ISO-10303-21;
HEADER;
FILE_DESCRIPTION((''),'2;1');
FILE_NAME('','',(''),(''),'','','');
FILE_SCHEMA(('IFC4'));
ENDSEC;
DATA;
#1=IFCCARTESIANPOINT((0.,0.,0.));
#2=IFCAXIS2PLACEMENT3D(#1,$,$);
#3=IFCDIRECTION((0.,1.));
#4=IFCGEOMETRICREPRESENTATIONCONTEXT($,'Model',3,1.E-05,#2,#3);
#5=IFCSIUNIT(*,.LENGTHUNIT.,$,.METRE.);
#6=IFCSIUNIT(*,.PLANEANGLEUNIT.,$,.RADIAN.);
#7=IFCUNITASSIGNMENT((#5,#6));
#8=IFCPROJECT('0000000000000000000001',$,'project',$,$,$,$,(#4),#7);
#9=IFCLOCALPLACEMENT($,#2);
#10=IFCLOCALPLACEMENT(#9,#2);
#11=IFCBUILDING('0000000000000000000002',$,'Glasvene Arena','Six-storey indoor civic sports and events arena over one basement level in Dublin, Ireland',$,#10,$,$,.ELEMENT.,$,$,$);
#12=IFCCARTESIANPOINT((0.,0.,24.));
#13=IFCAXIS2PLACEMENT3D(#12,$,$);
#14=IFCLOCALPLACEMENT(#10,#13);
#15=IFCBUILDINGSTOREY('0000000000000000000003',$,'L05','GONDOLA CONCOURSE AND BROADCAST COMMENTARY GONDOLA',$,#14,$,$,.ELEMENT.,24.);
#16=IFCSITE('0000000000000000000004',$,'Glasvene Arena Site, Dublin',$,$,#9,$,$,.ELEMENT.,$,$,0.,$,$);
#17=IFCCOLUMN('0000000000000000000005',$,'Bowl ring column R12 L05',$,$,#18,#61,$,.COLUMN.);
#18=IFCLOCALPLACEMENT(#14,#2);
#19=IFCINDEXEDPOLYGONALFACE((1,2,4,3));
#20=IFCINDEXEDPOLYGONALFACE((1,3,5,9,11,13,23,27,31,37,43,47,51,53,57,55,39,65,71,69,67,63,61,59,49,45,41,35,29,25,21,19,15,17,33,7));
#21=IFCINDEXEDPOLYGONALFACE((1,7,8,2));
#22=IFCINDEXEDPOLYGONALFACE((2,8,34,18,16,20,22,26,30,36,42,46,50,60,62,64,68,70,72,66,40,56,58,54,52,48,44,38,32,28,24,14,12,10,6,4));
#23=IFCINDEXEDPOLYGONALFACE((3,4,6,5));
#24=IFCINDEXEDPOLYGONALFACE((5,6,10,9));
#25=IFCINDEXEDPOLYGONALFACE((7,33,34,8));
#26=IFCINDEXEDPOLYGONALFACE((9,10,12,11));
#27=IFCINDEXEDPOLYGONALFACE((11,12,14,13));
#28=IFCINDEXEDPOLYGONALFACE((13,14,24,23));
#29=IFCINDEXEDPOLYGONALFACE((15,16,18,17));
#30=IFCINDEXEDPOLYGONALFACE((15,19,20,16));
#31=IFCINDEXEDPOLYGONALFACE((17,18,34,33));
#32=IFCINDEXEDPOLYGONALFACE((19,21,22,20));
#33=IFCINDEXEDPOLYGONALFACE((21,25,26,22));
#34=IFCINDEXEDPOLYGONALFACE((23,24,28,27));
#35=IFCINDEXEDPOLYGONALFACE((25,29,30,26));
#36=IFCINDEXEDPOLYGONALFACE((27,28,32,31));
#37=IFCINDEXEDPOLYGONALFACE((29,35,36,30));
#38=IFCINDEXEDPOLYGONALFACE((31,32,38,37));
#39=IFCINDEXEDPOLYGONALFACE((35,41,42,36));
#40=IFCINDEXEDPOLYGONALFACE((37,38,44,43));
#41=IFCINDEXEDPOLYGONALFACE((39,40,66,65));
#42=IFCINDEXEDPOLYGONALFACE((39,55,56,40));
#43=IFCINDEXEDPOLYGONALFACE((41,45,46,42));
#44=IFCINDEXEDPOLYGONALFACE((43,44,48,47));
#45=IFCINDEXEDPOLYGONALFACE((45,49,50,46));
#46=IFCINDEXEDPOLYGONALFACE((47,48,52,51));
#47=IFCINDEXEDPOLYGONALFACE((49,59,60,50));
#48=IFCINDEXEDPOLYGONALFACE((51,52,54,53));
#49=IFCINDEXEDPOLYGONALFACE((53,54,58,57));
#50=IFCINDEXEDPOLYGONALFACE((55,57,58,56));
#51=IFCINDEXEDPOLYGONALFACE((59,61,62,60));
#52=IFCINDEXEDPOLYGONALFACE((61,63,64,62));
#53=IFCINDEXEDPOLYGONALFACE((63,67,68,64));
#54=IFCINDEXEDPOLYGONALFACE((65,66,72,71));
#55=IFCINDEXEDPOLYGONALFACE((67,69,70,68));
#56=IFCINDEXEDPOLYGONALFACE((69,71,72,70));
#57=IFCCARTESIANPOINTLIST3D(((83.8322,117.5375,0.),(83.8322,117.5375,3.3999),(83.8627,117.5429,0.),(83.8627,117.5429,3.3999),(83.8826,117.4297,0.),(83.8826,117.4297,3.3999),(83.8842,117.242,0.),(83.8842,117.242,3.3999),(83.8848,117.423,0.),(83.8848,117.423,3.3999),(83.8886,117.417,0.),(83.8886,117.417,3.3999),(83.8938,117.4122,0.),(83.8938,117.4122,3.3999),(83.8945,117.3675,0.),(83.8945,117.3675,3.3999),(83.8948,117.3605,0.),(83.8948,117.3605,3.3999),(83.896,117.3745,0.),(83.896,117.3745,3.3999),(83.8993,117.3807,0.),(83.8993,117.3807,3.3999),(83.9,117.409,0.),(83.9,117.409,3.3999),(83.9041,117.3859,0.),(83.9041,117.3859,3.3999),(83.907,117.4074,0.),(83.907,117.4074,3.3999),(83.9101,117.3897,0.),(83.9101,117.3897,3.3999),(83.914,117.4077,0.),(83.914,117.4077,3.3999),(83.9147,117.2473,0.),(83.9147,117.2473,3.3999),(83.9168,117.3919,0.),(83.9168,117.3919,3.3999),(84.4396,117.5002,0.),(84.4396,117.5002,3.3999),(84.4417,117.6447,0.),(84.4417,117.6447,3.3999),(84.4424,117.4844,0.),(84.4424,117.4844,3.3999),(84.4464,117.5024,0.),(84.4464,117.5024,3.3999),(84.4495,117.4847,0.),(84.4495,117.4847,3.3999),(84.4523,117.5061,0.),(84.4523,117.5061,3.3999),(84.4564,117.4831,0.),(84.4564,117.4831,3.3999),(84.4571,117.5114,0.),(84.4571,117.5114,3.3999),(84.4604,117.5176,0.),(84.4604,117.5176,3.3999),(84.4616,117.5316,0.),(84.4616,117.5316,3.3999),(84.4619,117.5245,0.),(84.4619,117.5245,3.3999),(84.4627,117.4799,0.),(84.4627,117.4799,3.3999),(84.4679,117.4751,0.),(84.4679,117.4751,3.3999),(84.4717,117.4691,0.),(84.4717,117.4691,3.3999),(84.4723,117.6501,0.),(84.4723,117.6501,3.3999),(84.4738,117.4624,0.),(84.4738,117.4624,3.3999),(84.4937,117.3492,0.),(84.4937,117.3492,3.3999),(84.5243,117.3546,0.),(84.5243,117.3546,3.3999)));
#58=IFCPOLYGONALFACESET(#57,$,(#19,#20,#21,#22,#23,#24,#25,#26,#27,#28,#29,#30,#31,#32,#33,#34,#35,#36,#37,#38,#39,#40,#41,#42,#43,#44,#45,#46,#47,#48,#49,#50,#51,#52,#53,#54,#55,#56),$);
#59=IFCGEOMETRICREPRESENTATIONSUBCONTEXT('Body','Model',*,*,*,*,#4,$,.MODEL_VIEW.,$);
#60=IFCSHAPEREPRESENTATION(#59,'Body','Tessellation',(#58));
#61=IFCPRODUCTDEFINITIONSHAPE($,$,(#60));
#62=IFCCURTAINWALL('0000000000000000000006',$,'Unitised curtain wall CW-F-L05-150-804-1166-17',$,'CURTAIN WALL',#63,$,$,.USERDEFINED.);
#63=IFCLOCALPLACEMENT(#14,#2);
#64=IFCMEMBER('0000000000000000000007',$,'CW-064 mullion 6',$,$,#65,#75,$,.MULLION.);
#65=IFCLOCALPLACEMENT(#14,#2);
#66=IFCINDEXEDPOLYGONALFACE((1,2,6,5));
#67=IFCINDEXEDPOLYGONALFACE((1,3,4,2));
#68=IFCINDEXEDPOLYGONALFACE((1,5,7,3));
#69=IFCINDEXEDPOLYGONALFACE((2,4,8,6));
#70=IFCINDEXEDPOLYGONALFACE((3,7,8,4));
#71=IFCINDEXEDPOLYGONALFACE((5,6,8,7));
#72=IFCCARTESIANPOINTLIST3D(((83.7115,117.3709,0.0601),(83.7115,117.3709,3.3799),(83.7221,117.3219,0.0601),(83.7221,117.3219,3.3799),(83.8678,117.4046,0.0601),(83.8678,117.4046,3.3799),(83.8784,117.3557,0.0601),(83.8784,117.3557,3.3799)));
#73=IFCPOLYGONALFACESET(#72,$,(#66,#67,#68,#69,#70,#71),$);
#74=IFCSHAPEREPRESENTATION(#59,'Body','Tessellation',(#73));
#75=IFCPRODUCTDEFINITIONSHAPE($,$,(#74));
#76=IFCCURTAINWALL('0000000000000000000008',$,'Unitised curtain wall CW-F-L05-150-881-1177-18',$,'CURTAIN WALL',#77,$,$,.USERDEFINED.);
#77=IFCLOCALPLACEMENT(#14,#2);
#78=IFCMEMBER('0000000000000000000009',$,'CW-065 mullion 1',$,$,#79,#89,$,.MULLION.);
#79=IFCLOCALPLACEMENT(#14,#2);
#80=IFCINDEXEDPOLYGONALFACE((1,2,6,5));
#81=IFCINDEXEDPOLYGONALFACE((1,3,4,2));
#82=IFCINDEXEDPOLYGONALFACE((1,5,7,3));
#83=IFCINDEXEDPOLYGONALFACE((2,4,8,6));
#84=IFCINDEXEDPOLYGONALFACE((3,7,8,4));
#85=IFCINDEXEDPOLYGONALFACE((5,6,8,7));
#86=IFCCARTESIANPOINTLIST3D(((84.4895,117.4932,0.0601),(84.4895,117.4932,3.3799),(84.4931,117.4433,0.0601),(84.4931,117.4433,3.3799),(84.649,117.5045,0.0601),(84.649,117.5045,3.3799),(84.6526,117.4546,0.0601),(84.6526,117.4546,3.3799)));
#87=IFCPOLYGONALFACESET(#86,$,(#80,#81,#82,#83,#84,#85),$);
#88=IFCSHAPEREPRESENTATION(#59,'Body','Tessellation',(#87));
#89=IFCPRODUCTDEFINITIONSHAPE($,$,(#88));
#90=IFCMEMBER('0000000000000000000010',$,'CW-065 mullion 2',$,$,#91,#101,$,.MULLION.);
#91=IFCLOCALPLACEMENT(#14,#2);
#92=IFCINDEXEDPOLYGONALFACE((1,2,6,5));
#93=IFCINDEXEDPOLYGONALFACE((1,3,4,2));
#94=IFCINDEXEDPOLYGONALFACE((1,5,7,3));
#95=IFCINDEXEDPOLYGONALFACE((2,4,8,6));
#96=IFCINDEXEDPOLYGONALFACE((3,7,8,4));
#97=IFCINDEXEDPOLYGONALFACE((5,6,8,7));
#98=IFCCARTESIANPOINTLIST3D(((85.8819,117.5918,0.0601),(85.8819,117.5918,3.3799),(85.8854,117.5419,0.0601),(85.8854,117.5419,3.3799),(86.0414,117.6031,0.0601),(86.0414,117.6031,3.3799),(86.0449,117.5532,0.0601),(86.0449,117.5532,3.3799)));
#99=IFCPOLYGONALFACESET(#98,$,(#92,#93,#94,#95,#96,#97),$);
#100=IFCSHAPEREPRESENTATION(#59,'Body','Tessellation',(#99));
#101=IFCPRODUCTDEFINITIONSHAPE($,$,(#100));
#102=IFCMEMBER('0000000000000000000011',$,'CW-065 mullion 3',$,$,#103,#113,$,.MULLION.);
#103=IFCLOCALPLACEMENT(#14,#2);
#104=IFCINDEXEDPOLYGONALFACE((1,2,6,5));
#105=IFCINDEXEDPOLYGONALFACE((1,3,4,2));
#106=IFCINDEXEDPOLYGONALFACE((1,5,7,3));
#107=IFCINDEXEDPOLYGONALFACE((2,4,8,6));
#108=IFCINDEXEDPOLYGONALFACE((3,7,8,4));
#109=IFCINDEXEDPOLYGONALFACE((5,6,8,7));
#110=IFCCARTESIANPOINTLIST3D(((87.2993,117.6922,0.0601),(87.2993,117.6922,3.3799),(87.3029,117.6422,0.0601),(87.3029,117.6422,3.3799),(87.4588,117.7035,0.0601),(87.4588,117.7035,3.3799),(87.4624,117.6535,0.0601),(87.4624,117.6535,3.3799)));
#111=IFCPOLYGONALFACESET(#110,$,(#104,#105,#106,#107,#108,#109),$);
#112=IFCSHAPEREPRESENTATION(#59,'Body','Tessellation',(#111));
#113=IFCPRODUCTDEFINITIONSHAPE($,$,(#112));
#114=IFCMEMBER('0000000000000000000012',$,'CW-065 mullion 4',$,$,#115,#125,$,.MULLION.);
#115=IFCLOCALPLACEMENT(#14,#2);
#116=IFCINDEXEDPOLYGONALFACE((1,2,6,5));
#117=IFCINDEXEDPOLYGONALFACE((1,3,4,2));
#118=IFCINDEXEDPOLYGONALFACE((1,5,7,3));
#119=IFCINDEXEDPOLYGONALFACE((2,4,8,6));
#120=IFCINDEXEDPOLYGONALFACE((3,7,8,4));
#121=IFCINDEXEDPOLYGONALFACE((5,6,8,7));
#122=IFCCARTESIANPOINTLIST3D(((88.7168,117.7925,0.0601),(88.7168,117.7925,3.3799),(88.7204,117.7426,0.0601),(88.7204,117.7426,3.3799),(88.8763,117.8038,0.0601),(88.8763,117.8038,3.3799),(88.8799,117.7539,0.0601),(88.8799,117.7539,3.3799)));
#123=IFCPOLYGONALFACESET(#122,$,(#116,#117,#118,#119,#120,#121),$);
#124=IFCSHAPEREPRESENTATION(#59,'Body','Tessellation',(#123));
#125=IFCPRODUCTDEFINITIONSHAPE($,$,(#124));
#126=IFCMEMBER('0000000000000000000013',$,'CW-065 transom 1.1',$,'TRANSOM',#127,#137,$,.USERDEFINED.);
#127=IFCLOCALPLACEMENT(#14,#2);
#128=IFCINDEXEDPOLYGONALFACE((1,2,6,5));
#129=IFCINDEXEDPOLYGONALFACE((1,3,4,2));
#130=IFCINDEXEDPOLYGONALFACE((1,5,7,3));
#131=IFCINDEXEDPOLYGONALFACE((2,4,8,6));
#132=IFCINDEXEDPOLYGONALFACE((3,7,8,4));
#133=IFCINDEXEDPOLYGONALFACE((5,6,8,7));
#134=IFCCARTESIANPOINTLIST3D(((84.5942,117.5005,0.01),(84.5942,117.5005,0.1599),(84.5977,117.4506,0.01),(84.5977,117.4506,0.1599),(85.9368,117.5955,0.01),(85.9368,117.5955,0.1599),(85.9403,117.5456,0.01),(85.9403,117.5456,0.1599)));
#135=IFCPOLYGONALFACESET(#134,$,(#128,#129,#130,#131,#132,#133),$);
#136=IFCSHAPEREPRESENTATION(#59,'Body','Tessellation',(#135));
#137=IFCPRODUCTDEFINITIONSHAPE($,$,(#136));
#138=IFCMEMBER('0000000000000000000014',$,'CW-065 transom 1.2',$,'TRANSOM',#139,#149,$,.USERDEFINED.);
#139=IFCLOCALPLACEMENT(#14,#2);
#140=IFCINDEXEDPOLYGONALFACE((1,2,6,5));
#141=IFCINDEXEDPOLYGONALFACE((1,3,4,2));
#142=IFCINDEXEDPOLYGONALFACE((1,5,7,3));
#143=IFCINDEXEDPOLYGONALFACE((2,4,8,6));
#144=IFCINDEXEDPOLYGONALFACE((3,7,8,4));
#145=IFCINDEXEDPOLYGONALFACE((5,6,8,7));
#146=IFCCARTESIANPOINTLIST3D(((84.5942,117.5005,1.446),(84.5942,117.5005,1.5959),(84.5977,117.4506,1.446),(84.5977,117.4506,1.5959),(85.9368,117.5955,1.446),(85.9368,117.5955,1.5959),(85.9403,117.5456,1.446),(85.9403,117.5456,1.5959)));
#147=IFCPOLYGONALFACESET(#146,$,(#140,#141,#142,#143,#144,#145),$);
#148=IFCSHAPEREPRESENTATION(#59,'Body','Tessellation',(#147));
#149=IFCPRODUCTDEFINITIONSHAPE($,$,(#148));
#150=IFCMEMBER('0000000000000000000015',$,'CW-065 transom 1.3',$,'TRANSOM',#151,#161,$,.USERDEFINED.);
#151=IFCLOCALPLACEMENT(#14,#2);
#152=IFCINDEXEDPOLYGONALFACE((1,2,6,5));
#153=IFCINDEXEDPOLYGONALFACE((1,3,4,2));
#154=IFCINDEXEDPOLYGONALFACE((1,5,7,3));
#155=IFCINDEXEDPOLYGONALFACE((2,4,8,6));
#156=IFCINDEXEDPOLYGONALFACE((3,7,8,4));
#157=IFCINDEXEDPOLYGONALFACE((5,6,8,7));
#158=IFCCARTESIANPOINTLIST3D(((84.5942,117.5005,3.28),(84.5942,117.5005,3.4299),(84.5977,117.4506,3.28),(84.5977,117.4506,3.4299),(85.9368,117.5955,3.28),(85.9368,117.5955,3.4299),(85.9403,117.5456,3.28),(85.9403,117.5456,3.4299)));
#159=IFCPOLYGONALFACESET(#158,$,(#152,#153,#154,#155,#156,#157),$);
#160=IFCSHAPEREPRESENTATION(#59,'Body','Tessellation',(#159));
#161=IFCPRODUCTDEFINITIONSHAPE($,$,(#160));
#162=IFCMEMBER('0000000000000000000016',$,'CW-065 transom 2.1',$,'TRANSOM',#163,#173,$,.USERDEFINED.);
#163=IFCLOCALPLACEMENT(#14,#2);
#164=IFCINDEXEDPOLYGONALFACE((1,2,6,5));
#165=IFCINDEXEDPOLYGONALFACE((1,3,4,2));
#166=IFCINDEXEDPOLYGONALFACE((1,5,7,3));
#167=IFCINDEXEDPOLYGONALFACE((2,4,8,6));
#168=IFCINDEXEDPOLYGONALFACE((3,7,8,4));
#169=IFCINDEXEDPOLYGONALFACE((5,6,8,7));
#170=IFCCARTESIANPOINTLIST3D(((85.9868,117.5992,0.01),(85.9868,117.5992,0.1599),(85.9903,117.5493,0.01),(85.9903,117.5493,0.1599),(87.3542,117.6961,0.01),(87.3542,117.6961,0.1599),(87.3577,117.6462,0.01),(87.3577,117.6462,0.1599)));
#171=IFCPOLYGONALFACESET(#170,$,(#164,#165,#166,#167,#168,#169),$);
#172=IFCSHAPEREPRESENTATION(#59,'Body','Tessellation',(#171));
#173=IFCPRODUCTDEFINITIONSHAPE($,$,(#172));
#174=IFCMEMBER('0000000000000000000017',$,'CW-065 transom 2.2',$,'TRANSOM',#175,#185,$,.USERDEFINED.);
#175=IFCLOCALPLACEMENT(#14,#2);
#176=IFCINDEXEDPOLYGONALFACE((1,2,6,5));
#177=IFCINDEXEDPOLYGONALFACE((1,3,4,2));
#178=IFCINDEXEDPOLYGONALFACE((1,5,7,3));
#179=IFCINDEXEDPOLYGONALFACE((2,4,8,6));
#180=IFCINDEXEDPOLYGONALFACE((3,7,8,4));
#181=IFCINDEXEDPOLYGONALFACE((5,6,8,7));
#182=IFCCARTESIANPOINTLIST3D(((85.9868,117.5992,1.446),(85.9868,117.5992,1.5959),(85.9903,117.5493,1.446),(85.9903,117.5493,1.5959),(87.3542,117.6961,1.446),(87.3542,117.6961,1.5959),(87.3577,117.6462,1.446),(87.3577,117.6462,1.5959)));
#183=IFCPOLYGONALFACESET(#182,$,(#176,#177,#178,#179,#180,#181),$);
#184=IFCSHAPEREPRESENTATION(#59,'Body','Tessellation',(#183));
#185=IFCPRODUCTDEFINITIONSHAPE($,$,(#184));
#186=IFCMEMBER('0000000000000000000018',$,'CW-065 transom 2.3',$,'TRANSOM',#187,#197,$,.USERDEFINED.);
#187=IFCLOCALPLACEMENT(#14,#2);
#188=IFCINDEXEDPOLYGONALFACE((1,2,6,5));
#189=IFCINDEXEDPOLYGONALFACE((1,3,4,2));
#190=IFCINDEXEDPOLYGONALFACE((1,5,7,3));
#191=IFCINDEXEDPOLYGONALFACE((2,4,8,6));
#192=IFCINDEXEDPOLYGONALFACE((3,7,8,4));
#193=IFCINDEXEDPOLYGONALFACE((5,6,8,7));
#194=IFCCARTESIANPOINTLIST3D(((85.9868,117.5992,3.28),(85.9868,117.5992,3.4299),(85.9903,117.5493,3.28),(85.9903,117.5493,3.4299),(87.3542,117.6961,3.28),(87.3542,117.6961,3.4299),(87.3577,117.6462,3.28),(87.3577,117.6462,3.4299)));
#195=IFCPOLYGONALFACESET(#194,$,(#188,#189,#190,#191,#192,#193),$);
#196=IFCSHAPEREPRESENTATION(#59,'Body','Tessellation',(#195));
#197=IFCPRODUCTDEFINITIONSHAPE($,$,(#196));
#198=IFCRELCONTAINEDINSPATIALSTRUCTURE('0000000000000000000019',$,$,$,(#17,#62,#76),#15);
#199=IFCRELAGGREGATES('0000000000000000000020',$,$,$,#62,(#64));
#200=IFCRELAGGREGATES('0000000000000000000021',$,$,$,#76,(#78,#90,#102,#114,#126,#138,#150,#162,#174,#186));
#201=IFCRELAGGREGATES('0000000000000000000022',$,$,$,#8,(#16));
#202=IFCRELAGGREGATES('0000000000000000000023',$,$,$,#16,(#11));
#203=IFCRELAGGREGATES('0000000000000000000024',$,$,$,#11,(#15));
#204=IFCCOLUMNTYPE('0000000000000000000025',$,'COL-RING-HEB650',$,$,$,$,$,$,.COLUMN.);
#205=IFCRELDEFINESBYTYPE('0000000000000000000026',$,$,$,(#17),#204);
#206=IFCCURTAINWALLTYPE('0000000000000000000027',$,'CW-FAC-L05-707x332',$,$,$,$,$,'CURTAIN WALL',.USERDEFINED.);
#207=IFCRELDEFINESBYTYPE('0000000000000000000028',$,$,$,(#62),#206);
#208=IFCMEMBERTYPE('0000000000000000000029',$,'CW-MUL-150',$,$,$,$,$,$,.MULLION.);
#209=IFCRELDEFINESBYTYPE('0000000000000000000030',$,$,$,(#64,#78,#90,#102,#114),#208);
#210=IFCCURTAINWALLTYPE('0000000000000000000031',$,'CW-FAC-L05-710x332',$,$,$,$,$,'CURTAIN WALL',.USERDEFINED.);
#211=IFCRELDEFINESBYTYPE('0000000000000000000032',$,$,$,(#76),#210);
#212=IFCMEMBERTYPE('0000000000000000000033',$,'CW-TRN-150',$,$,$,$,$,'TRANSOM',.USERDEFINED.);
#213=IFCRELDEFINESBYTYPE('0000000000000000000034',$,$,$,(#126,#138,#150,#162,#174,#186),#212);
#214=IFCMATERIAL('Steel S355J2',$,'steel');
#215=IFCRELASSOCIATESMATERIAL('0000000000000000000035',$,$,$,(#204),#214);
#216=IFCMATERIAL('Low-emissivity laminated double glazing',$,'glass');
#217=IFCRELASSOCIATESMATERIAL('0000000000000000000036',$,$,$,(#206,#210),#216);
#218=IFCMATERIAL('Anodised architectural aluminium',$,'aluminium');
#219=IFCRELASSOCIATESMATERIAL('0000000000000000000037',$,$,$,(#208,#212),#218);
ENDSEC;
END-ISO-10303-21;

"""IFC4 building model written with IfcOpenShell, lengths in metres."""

from ifc_helpers import new_model, si_unit, direction, frame, origin, origin_2d, place, context, subcontext, project, spatial, rectangle, i_section, extrude, material, material_profile, profile_set, type_object, element, aggregate, save


model = new_model("IFC4")

# Units and contexts
model_context = context("Model", 3, precision=1e-05, world=origin(), true_north=direction((0.0, 1.0)))
body_context = subcontext(model_context, "Body", "Model", "MODEL_VIEW")
ifc_project = project(units=[si_unit("LENGTHUNIT", "METRE"), si_unit("PLANEANGLEUNIT", "RADIAN")], contexts=[model_context])

# Site, building, storey
site_placement = place(None, origin())
site = spatial("IfcSite", under=ifc_project, at=site_placement, Name="Glasvene Arena Site, Dublin", CompositionType="ELEMENT", RefElevation=0.0)
building_placement = place(site_placement, origin())
building = spatial("IfcBuilding", under=site, at=building_placement, Name="Glasvene Arena", Description="Six-storey indoor civic sports and events arena over one basement level in Dublin, Ireland", CompositionType="ELEMENT")
storey_placement = place(building_placement, frame((0.0, 0.0, 24.0)))
storey = spatial("IfcBuildingStorey", under=building, at=storey_placement, Name="L05", Description="GONDOLA CONCOURSE AND BROADCAST COMMENTARY GONDOLA", CompositionType="ELEMENT", Elevation=24.0)

# Column
ifc_material_1 = material(Name="Steel S355J2", Category="steel")
ifc_material_profile_1 = material_profile(ifc_material_1, i_section(OverallWidth=0.3, OverallDepth=0.6499, WebThickness=0.0161, FlangeThickness=0.031, FilletRadius=0.0271, at=origin_2d()), Name="HEB 650")
ifc_profile_set_1 = profile_set([ifc_material_profile_1], Name="Steel S355J2")
column_type = type_object("IfcColumnType", Name="COL-RING-HEB650", PredefinedType="COLUMN", material=ifc_profile_set_1)
column_placement = place(storey_placement, frame((84.1782, 117.446, 0.0), z_axis=(0.0, 0.0, 1.0), x_axis=(-0.173304, 0.984868, 0.0)))
element("IfcColumn", 1, at=column_placement, inside=storey, type_object=column_type, Name="Bowl ring column R12 L05", PredefinedType="COLUMN", context=body_context, shape_type="SweptSolid", body=[
    extrude(i_section(OverallWidth=0.3, OverallDepth=0.6499, WebThickness=0.0161, FlangeThickness=0.031, FilletRadius=0.0271, at=origin_2d()), origin(), (0.0, 0.0, 1.0), 3.3999),
])

# Curtain wall, member
ifc_material_2 = material(Name="Low-emissivity laminated double glazing", Category="glass")
curtain_wall_type_1 = type_object("IfcCurtainWallType", Name="CW-FAC-L05-707x332", ElementType="CURTAIN WALL", PredefinedType="USERDEFINED", material=ifc_material_2)
curtain_wall_1_placement = place(storey_placement, frame((76.9109, 115.8755, 0.0)))
curtain_wall_1 = element("IfcCurtainWall", 2, at=curtain_wall_1_placement, inside=storey, type_object=curtain_wall_type_1, Name="Unitised curtain wall CW-F-L05-150-804-1166-17", ObjectType="CURTAIN WALL", PredefinedType="USERDEFINED")
ifc_material_3 = material(Name="Anodised architectural aluminium", Category="aluminium")
ifc_material_profile_2 = material_profile(ifc_material_3, rectangle(XDim=0.05, YDim=0.1599, at=origin_2d()), Name="ALU MULLION 50x160")
ifc_profile_set_2 = profile_set([ifc_material_profile_2], Name="Anodised architectural aluminium")
member_type_1 = type_object("IfcMemberType", Name="CW-MUL-150", PredefinedType="MULLION", material=ifc_profile_set_2)
member_1_placement = place(storey_placement, frame((83.7949, 117.3633, 0.0601), z_axis=(0.0, 0.0, 1.0), x_axis=(-0.211221, 0.977438, 0.0)))
member_1 = element("IfcMember", 3, at=member_1_placement, type_object=member_type_1, Name="CW-064 mullion 6", PredefinedType="MULLION", context=body_context, shape_type="SweptSolid", body=[
    extrude(rectangle(XDim=0.05, YDim=0.1599, at=origin_2d()), origin(), (0.0, 0.0, 1.0), 3.3198),
])
aggregate(curtain_wall_1, [member_1])

# Curtain wall, members
curtain_wall_type_2 = type_object("IfcCurtainWallType", Name="CW-FAC-L05-710x332", ElementType="CURTAIN WALL", PredefinedType="USERDEFINED", material=ifc_material_2)
curtain_wall_2_placement = place(storey_placement, frame((84.5461, 117.4719, 0.0)))
curtain_wall_2 = element("IfcCurtainWall", 4, at=curtain_wall_2_placement, inside=storey, type_object=curtain_wall_type_2, Name="Unitised curtain wall CW-F-L05-150-881-1177-18", ObjectType="CURTAIN WALL", PredefinedType="USERDEFINED")
member_2_placement = place(storey_placement, frame((84.571, 117.4739, 0.0601), z_axis=(0.0, 0.0, 1.0), x_axis=(-0.070657, 0.997501, 0.0)))
member_2 = element("IfcMember", 5, at=member_2_placement, type_object=member_type_1, Name="CW-065 mullion 1", PredefinedType="MULLION", context=body_context, shape_type="SweptSolid", body=[
    extrude(rectangle(XDim=0.05, YDim=0.1599, at=origin_2d()), origin(), (0.0, 0.0, 1.0), 3.3198),
])
member_3_placement = place(storey_placement, frame((85.9634, 117.5725, 0.0601), z_axis=(0.0, 0.0, 1.0), x_axis=(-0.070657, 0.997501, 0.0)))
member_3 = element("IfcMember", 6, at=member_3_placement, type_object=member_type_1, Name="CW-065 mullion 2", PredefinedType="MULLION", context=body_context, shape_type="SweptSolid", body=[
    extrude(rectangle(XDim=0.05, YDim=0.1599, at=origin_2d()), origin(), (0.0, 0.0, 1.0), 3.3198),
])
member_4_placement = place(storey_placement, frame((87.3809, 117.6729, 0.0601), z_axis=(0.0, 0.0, 1.0), x_axis=(-0.070657, 0.997501, 0.0)))
member_4 = element("IfcMember", 7, at=member_4_placement, type_object=member_type_1, Name="CW-065 mullion 3", PredefinedType="MULLION", context=body_context, shape_type="SweptSolid", body=[
    extrude(rectangle(XDim=0.05, YDim=0.1599, at=origin_2d()), origin(), (0.0, 0.0, 1.0), 3.3198),
])
member_5_placement = place(storey_placement, frame((88.7983, 117.7732, 0.0601), z_axis=(0.0, 0.0, 1.0), x_axis=(-0.070657, 0.997501, 0.0)))
member_5 = element("IfcMember", 8, at=member_5_placement, type_object=member_type_1, Name="CW-065 mullion 4", PredefinedType="MULLION", context=body_context, shape_type="SweptSolid", body=[
    extrude(rectangle(XDim=0.05, YDim=0.1599, at=origin_2d()), origin(), (0.0, 0.0, 1.0), 3.3198),
])
ifc_material_profile_3 = material_profile(ifc_material_3, rectangle(XDim=0.05, YDim=0.1499, at=origin_2d()), Name="ALU TRANSOM 50x150")
ifc_profile_set_3 = profile_set([ifc_material_profile_3], Name="Anodised architectural aluminium")
member_type_2 = type_object("IfcMemberType", Name="CW-TRN-150", ElementType="TRANSOM", PredefinedType="USERDEFINED", material=ifc_profile_set_3)
member_6_placement = place(storey_placement, frame((84.5959, 117.4756, 0.085), z_axis=(0.997507, 0.070564, 0.0), x_axis=(-0.070564, 0.997507, 0.0)))
member_6 = element("IfcMember", 9, at=member_6_placement, type_object=member_type_2, Name="CW-065 transom 1.1", ObjectType="TRANSOM", PredefinedType="USERDEFINED", context=body_context, shape_type="SweptSolid", body=[
    extrude(rectangle(XDim=0.05, YDim=0.1499, at=origin_2d()), origin(), (0.0, 0.0, 1.0), 1.3459),
])
member_7_placement = place(storey_placement, frame((84.5959, 117.4756, 1.521), z_axis=(0.997507, 0.070564, 0.0), x_axis=(-0.070564, 0.997507, 0.0)))
member_7 = element("IfcMember", 10, at=member_7_placement, type_object=member_type_2, Name="CW-065 transom 1.2", ObjectType="TRANSOM", PredefinedType="USERDEFINED", context=body_context, shape_type="SweptSolid", body=[
    extrude(rectangle(XDim=0.05, YDim=0.1499, at=origin_2d()), origin(), (0.0, 0.0, 1.0), 1.3459),
])
member_8_placement = place(storey_placement, frame((84.5959, 117.4756, 3.355), z_axis=(0.997507, 0.070564, 0.0), x_axis=(-0.070564, 0.997507, 0.0)))
member_8 = element("IfcMember", 11, at=member_8_placement, type_object=member_type_2, Name="CW-065 transom 1.3", ObjectType="TRANSOM", PredefinedType="USERDEFINED", context=body_context, shape_type="SweptSolid", body=[
    extrude(rectangle(XDim=0.05, YDim=0.1499, at=origin_2d()), origin(), (0.0, 0.0, 1.0), 1.3459),
])
member_9_placement = place(storey_placement, frame((85.9885, 117.5742, 0.085), z_axis=(0.997497, 0.070703, 0.0), x_axis=(-0.070703, 0.997497, 0.0)))
member_9 = element("IfcMember", 12, at=member_9_placement, type_object=member_type_2, Name="CW-065 transom 2.1", ObjectType="TRANSOM", PredefinedType="USERDEFINED", context=body_context, shape_type="SweptSolid", body=[
    extrude(rectangle(XDim=0.05, YDim=0.1499, at=origin_2d()), origin(), (0.0, 0.0, 1.0), 1.3708),
])
member_10_placement = place(storey_placement, frame((85.9885, 117.5742, 1.521), z_axis=(0.997497, 0.070703, 0.0), x_axis=(-0.070703, 0.997497, 0.0)))
member_10 = element("IfcMember", 13, at=member_10_placement, type_object=member_type_2, Name="CW-065 transom 2.2", ObjectType="TRANSOM", PredefinedType="USERDEFINED", context=body_context, shape_type="SweptSolid", body=[
    extrude(rectangle(XDim=0.05, YDim=0.1499, at=origin_2d()), origin(), (0.0, 0.0, 1.0), 1.3708),
])
member_11_placement = place(storey_placement, frame((85.9885, 117.5742, 3.355), z_axis=(0.997497, 0.070703, 0.0), x_axis=(-0.070703, 0.997497, 0.0)))
member_11 = element("IfcMember", 14, at=member_11_placement, type_object=member_type_2, Name="CW-065 transom 2.3", ObjectType="TRANSOM", PredefinedType="USERDEFINED", context=body_context, shape_type="SweptSolid", body=[
    extrude(rectangle(XDim=0.05, YDim=0.1499, at=origin_2d()), origin(), (0.0, 0.0, 1.0), 1.3708),
])
aggregate(curtain_wall_2, [member_2, member_3, member_4, member_5, member_6, member_7, member_8, member_9, member_10, member_11])

save(model, "model.ifc")
